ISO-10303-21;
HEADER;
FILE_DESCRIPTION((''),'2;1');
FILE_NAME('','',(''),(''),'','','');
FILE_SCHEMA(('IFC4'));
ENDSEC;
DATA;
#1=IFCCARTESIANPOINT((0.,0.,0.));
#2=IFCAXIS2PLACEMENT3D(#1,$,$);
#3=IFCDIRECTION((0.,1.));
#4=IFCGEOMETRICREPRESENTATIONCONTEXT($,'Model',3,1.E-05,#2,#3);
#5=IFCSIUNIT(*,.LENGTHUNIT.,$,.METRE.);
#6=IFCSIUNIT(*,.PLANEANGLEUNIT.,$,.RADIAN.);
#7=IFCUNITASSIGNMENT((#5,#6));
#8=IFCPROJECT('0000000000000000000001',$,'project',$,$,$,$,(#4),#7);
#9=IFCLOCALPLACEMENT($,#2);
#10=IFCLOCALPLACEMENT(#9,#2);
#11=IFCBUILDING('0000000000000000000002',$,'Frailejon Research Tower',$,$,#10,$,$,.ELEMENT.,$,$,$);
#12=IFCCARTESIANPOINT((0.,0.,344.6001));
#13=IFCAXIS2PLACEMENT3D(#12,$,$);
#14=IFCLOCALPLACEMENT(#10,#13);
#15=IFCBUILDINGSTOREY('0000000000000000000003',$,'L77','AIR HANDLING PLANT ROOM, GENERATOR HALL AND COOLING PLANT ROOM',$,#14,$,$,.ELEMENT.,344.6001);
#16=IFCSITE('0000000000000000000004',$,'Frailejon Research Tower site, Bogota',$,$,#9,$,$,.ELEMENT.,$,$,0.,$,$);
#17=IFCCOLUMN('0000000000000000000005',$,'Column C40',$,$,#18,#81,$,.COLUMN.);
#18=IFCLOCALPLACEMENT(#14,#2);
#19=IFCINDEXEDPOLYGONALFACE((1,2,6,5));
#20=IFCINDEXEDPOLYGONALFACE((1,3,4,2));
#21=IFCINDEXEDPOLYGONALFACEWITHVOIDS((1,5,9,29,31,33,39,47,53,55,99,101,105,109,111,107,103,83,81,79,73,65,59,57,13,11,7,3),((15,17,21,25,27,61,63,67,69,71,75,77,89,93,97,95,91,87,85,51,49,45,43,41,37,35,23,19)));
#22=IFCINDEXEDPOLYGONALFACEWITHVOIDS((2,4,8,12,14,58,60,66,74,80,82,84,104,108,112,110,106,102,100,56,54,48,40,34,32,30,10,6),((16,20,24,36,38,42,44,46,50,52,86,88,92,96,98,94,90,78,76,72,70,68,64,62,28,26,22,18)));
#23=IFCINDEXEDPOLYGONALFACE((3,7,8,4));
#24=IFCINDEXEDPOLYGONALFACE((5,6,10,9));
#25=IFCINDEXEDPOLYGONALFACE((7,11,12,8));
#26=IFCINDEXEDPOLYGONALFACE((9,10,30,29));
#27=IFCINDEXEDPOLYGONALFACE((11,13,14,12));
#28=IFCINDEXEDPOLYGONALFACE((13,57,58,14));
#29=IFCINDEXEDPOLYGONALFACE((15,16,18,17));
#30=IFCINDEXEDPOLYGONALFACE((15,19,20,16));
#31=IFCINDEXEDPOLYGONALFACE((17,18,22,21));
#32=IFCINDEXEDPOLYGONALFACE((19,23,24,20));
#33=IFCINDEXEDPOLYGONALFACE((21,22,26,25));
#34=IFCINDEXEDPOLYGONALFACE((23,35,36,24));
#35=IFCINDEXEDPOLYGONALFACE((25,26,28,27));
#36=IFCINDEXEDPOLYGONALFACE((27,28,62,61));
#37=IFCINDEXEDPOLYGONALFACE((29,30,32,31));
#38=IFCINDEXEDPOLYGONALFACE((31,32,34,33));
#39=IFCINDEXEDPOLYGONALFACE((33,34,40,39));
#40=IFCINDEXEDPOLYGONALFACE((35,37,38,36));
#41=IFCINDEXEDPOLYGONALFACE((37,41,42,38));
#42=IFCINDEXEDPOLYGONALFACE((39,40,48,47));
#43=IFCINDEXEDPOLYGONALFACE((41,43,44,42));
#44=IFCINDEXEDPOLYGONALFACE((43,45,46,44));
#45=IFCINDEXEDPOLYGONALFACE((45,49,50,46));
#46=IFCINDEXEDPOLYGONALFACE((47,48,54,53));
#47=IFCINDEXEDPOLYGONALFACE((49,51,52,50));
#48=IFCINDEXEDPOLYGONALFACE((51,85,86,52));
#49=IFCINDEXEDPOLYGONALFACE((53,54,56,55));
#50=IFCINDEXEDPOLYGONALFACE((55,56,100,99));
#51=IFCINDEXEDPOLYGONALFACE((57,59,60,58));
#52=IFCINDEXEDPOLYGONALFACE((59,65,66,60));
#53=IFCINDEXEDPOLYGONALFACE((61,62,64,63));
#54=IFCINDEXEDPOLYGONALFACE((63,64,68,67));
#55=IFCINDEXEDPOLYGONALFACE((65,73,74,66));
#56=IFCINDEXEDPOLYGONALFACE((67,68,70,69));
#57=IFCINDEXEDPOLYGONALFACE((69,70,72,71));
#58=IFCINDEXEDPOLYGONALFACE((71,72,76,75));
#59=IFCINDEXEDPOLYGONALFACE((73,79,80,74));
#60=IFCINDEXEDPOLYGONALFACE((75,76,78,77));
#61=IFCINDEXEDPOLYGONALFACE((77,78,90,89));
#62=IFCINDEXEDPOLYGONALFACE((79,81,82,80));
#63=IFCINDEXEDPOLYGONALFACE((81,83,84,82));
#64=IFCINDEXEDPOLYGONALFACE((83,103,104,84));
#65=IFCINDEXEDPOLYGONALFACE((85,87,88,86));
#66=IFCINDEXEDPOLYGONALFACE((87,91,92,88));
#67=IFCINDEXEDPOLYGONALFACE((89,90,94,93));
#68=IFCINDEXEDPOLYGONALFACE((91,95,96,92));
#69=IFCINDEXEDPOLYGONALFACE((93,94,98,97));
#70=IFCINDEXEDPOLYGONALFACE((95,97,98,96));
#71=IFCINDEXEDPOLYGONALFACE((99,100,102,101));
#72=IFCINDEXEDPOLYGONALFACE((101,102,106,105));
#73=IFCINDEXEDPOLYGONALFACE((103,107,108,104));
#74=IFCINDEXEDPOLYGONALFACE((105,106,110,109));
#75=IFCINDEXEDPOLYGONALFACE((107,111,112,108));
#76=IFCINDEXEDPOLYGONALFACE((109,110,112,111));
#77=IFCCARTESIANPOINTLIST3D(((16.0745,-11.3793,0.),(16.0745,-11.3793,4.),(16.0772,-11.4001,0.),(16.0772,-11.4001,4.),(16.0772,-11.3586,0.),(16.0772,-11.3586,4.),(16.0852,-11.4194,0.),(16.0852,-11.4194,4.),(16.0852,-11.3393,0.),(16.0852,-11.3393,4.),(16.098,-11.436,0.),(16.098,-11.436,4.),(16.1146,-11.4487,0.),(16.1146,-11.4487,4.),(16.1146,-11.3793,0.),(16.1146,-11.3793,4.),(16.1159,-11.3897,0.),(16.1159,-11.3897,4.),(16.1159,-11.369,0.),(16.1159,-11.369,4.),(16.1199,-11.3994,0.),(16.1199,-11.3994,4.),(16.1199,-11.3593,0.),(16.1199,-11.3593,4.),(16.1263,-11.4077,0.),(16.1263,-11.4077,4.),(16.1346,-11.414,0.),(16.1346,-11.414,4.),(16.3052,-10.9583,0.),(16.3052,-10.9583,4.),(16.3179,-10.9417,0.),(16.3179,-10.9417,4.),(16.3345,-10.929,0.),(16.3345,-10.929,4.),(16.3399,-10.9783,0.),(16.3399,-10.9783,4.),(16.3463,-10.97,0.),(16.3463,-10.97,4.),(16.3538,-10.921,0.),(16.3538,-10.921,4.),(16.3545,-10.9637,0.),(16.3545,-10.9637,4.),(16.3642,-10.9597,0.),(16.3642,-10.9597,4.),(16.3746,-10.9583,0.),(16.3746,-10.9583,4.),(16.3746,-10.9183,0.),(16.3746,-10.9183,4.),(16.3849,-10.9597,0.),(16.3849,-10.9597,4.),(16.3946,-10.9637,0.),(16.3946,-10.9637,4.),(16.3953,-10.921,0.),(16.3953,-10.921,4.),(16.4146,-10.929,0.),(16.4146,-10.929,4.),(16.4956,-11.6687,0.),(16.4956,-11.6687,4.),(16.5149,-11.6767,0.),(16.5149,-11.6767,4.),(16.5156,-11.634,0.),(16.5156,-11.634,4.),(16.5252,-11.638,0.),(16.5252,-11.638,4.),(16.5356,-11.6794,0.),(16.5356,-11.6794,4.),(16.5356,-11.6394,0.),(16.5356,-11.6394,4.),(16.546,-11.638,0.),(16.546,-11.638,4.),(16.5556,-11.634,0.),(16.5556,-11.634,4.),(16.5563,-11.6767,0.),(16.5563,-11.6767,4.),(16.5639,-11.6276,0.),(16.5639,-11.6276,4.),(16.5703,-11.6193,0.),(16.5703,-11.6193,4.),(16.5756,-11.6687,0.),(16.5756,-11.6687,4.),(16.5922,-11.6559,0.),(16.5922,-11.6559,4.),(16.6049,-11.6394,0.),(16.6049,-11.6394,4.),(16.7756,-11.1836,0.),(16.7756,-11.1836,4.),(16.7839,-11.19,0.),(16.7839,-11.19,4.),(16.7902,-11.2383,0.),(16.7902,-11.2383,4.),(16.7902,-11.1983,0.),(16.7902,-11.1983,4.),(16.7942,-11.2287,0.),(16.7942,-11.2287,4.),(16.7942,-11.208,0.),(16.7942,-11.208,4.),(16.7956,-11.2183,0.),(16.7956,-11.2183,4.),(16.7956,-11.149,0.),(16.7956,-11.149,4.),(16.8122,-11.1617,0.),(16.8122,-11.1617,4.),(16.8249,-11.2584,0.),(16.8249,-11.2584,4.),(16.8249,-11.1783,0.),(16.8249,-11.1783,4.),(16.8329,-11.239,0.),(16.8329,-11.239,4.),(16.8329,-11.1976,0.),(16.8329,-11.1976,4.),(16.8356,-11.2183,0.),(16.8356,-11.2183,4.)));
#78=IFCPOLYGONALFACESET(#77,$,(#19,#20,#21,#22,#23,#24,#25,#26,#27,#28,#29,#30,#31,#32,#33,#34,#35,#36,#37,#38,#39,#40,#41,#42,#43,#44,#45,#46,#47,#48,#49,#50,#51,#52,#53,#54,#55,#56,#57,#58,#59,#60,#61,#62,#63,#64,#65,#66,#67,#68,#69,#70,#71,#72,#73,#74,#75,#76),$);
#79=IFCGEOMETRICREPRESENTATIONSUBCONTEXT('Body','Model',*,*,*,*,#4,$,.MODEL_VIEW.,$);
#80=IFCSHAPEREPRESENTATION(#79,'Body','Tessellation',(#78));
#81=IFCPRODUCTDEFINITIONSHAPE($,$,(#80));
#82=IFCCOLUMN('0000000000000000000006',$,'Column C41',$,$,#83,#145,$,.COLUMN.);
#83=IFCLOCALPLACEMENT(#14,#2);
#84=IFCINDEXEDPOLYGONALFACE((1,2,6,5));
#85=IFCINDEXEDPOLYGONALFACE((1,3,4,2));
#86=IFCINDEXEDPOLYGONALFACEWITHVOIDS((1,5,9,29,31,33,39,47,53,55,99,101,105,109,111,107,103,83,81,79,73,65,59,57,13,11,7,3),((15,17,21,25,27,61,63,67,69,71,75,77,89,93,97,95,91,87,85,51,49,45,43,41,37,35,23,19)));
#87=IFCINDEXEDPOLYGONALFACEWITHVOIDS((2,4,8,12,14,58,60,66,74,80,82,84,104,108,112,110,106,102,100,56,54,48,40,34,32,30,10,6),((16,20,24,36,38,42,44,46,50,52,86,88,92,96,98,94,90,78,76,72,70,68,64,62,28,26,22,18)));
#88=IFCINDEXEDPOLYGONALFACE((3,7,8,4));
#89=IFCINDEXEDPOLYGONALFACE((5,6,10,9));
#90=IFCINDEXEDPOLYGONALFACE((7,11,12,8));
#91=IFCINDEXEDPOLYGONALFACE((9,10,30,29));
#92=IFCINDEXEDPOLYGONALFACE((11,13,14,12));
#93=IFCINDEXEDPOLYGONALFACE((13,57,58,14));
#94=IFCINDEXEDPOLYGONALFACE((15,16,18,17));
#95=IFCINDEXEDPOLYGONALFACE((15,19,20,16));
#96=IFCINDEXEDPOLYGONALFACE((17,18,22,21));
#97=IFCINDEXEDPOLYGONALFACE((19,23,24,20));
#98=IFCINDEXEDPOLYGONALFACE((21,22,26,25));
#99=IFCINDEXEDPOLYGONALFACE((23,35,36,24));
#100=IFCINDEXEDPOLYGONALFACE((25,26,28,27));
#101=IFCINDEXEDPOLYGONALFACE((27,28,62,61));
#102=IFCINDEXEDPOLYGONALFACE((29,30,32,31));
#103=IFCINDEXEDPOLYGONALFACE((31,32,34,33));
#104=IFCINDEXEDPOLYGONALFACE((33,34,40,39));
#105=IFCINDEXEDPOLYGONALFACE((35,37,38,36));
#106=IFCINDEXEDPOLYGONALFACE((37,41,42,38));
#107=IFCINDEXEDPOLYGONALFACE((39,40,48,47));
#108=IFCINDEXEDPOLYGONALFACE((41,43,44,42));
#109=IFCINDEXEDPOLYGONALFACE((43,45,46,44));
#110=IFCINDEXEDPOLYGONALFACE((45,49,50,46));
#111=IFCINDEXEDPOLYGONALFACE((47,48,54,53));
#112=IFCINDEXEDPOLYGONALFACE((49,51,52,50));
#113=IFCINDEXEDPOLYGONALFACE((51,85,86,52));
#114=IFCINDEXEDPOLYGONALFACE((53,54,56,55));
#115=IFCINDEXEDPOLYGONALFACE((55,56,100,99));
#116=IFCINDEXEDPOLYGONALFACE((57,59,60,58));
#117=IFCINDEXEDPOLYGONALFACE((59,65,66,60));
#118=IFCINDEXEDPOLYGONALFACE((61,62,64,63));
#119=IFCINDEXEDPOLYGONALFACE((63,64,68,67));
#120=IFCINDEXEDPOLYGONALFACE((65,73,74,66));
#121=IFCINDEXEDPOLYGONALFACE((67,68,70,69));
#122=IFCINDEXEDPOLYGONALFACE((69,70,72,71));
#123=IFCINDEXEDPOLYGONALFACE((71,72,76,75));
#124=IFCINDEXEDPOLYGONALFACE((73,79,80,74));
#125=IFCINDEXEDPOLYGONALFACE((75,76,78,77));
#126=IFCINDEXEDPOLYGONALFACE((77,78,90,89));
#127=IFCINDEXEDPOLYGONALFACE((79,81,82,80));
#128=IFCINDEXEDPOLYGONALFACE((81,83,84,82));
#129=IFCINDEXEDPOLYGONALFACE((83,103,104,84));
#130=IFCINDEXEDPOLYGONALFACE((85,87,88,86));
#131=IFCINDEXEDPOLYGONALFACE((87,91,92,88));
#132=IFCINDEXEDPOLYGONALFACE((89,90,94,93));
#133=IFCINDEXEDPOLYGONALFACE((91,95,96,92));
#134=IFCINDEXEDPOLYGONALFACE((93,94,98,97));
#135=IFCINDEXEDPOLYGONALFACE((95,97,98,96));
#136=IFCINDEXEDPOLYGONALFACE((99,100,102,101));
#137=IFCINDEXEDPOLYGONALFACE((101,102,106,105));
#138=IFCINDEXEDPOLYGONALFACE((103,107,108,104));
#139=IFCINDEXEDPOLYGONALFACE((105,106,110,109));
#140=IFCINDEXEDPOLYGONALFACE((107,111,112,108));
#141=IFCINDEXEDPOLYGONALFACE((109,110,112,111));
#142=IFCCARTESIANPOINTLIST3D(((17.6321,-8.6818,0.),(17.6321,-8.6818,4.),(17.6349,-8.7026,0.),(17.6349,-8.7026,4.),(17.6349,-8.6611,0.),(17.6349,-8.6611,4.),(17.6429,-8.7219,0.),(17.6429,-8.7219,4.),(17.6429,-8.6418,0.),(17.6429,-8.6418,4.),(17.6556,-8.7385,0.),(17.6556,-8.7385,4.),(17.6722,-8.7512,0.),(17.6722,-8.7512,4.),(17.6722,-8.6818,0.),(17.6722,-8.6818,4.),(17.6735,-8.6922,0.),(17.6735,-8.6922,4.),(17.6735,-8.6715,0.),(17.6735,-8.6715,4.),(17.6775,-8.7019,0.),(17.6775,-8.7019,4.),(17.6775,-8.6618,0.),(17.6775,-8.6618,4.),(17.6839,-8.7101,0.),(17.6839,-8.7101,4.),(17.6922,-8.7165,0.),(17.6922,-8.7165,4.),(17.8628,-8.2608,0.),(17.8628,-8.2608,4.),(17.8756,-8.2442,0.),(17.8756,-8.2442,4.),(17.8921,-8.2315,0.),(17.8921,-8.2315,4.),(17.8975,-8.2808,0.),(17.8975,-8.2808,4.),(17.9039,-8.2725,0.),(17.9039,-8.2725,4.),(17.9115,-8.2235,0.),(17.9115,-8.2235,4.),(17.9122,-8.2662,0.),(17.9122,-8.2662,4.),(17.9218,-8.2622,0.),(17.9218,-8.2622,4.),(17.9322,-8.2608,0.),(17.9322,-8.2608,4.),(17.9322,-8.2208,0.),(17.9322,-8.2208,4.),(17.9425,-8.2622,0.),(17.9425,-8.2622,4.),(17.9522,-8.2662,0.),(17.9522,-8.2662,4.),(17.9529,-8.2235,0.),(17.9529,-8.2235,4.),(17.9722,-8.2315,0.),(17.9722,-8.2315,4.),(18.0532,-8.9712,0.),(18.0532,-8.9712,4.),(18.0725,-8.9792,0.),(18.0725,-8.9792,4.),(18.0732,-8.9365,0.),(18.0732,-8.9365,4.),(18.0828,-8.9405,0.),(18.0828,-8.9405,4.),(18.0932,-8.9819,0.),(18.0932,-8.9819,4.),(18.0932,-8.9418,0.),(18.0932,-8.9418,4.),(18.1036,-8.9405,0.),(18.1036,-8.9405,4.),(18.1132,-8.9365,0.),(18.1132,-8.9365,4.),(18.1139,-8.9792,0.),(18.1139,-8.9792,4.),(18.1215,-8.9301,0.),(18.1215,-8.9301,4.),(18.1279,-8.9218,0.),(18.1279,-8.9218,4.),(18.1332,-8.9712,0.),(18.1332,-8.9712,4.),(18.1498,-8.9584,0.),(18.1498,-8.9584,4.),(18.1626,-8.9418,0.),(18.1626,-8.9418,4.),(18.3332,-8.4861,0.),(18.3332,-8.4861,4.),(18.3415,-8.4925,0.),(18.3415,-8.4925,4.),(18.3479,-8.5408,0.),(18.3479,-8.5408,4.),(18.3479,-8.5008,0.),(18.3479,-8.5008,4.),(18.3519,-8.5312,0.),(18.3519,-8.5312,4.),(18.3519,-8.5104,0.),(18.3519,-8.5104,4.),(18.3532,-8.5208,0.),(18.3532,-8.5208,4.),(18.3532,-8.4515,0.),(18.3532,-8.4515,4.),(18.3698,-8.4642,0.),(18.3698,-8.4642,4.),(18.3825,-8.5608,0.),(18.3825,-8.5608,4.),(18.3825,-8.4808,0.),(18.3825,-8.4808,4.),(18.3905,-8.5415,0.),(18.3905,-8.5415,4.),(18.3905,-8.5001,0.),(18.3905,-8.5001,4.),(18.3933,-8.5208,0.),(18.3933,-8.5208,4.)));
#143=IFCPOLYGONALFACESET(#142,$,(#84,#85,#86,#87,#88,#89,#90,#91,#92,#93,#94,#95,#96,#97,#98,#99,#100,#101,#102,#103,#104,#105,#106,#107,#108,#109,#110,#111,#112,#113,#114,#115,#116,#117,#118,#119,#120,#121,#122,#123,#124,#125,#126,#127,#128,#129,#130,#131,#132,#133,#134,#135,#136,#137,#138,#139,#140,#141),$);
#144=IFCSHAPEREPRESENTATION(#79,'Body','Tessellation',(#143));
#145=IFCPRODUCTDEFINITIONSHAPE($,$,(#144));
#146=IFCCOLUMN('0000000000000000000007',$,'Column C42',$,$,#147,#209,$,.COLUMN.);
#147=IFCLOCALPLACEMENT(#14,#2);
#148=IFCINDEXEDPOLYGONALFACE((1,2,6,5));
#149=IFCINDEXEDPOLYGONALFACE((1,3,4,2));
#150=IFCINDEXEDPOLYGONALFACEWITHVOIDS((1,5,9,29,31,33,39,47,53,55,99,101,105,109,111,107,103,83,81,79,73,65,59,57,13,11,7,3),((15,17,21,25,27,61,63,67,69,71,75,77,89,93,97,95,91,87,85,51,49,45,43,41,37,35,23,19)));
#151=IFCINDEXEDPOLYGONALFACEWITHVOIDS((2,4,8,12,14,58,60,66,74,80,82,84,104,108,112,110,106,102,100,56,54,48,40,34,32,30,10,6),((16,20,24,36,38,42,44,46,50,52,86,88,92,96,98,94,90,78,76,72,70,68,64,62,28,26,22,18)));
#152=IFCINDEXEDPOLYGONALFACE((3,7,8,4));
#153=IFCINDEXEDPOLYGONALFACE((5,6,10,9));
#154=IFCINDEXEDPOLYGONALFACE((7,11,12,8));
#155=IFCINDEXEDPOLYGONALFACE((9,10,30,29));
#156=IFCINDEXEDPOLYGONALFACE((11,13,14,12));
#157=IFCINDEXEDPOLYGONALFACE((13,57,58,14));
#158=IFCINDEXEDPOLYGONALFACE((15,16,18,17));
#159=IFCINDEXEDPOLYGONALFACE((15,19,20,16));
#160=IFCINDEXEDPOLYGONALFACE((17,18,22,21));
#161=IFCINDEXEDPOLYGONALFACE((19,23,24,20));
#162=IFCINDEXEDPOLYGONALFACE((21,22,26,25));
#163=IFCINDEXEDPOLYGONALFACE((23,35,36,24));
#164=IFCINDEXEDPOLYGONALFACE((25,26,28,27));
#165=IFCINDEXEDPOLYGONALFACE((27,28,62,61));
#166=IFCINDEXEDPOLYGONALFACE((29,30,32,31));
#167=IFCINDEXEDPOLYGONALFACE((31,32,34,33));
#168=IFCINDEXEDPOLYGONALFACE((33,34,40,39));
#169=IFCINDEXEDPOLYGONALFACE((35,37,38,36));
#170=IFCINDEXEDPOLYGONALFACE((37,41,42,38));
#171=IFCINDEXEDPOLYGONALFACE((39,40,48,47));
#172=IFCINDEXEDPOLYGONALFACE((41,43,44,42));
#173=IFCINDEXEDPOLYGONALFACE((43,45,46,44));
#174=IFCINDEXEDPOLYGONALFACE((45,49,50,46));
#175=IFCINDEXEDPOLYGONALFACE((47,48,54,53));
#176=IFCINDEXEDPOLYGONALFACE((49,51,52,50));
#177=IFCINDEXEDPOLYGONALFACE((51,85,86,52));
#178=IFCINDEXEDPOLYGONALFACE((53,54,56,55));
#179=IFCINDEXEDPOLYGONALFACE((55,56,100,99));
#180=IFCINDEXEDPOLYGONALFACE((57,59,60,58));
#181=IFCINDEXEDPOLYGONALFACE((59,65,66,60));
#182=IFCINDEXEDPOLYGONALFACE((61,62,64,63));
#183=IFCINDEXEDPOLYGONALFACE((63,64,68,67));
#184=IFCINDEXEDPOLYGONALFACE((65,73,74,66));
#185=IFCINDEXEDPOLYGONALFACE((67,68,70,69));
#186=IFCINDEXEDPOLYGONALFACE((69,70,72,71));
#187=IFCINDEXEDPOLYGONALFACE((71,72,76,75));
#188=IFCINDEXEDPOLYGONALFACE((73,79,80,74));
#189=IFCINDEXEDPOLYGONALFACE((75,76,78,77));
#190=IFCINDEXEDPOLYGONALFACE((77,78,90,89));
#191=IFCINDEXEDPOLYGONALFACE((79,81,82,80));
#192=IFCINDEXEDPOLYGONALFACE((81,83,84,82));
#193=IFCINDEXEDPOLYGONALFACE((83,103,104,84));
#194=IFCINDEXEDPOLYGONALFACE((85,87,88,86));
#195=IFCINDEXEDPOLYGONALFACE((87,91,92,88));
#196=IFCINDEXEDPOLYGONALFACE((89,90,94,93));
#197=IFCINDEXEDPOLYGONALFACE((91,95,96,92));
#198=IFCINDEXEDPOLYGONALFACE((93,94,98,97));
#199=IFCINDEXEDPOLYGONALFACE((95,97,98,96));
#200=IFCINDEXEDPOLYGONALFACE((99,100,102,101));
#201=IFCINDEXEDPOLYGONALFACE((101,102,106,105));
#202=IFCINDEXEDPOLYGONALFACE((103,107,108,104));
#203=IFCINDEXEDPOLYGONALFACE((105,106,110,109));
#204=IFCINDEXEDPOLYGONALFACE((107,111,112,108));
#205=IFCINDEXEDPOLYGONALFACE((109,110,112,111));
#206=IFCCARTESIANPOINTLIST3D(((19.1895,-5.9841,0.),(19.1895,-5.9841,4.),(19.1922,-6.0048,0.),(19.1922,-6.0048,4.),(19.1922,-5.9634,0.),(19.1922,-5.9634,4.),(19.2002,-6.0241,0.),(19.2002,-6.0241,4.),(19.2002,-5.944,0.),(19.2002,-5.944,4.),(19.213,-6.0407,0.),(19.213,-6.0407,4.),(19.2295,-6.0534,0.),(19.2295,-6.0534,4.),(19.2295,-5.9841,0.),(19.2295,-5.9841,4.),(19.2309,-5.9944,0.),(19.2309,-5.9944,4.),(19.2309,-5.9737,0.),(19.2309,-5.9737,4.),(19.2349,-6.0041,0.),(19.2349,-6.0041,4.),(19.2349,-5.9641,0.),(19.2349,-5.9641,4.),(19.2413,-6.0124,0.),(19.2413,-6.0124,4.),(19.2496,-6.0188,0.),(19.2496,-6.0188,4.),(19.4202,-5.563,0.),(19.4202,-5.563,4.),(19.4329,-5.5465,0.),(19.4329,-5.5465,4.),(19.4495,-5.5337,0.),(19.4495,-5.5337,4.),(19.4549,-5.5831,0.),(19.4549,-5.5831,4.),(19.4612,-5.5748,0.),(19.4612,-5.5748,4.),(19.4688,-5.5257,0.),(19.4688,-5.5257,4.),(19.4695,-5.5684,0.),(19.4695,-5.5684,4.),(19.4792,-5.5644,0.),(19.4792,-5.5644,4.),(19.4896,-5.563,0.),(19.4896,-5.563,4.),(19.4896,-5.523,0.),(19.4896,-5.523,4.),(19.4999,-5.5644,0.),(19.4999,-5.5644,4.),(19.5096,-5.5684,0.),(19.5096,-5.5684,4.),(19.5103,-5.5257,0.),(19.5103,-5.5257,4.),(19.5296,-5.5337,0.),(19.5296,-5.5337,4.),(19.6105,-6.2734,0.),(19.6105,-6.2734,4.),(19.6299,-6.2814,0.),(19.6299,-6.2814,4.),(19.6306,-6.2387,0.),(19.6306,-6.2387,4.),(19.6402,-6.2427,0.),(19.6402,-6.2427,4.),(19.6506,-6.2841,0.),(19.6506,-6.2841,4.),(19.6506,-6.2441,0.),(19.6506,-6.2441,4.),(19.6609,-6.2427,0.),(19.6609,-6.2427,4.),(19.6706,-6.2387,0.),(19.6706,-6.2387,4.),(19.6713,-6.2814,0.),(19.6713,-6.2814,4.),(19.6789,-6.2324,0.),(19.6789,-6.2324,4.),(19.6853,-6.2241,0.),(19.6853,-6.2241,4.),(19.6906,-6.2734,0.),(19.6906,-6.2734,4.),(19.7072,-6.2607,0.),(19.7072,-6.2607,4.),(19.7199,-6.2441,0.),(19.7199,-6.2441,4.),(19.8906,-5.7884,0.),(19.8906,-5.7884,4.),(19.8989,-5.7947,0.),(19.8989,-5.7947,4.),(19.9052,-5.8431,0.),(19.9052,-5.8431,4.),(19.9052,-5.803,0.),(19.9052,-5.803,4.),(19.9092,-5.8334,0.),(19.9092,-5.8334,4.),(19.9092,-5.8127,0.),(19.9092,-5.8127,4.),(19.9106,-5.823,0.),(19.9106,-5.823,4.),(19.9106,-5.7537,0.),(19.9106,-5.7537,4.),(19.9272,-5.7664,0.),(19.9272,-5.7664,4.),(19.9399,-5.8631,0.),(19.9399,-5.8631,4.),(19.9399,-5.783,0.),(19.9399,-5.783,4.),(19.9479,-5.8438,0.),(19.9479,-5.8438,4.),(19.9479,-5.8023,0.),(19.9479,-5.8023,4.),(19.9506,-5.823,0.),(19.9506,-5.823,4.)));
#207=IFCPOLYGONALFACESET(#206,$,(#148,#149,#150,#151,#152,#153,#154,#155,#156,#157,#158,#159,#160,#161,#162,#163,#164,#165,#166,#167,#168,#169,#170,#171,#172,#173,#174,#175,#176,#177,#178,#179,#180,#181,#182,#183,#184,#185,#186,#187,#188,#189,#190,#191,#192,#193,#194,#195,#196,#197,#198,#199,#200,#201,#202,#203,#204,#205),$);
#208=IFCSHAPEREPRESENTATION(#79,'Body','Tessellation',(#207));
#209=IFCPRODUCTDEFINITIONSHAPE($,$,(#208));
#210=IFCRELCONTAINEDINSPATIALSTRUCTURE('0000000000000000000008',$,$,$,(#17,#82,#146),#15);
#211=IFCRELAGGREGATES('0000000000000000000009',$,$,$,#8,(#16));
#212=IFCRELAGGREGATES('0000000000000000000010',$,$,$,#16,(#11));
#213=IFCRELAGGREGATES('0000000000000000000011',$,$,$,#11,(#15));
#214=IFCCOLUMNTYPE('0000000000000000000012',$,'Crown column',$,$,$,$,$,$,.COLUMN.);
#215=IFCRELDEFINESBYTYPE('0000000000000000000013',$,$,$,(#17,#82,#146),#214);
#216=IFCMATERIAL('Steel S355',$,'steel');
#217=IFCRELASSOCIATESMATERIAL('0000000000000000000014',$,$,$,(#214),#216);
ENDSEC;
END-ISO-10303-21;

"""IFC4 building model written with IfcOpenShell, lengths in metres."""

from ifc_helpers import new_model, si_unit, direction, frame, origin, origin_2d, place, context, subcontext, project, spatial, hollow_rectangle, extrude, material, material_profile, profile_set, type_object, element, save


model = new_model("IFC4")

# Units and contexts
model_context = context("Model", 3, precision=1e-05, world=origin(), true_north=direction((0.0, 1.0)))
body_context = subcontext(model_context, "Body", "Model", "MODEL_VIEW")
ifc_project = project(units=[si_unit("LENGTHUNIT", "METRE"), si_unit("PLANEANGLEUNIT", "RADIAN")], contexts=[model_context])

# Site, building, storey
site_placement = place(None, origin())
site = spatial("IfcSite", under=ifc_project, at=site_placement, Name="Frailejon Research Tower site, Bogota", CompositionType="ELEMENT", RefElevation=0.0)
building_placement = place(site_placement, origin())
building = spatial("IfcBuilding", under=site, at=building_placement, Name="Frailejon Research Tower", CompositionType="ELEMENT")
storey_placement = place(building_placement, frame((0.0, 0.0, 344.6001)))
storey = spatial("IfcBuildingStorey", under=building, at=storey_placement, Name="L77", Description="AIR HANDLING PLANT ROOM, GENERATOR HALL AND COOLING PLANT ROOM", CompositionType="ELEMENT", Elevation=344.6001)

# Columns
ifc_material_1 = material(Name="Steel S355", Category="steel")
ifc_material_profile_1 = material_profile(ifc_material_1, hollow_rectangle(XDim=0.6001, YDim=0.6001, WallThickness=0.04, InnerFilletRadius=0.04, OuterFilletRadius=0.0801, at=origin_2d()), Name="Crown column")
ifc_profile_set_1 = profile_set([ifc_material_profile_1], Name="Steel S355")
column_type = type_object("IfcColumnType", Name="Crown column", PredefinedType="COLUMN", material=ifc_profile_set_1)
for number, where, z_axis, x_axis, name in (
    (1, (16.4551, -11.2988, 0.0), (0.0, 0.0, 1.0), (0.5, 0.866025, 0.0), "Column C40"),
    (2, (18.0127, -8.6013, 0.0), (0.0, 0.0, 1.0), (0.5, 0.866025, 0.0), "Column C41"),
    (3, (19.5701, -5.9036, 0.0), (0.0, 0.0, 1.0), (0.5, 0.866025, 0.0), "Column C42"),
):
    element("IfcColumn", number, at=place(storey_placement, frame(where, z_axis=z_axis, x_axis=x_axis)), inside=storey, type_object=column_type, Name=name, PredefinedType="COLUMN", context=body_context, shape_type="SweptSolid", body=[
        extrude(hollow_rectangle(XDim=0.6001, YDim=0.6001, WallThickness=0.04, InnerFilletRadius=0.04, OuterFilletRadius=0.0801, at=origin_2d()), origin(), (0.0, 0.0, 1.0), 4.0),
    ])

save(model, "model.ifc")
